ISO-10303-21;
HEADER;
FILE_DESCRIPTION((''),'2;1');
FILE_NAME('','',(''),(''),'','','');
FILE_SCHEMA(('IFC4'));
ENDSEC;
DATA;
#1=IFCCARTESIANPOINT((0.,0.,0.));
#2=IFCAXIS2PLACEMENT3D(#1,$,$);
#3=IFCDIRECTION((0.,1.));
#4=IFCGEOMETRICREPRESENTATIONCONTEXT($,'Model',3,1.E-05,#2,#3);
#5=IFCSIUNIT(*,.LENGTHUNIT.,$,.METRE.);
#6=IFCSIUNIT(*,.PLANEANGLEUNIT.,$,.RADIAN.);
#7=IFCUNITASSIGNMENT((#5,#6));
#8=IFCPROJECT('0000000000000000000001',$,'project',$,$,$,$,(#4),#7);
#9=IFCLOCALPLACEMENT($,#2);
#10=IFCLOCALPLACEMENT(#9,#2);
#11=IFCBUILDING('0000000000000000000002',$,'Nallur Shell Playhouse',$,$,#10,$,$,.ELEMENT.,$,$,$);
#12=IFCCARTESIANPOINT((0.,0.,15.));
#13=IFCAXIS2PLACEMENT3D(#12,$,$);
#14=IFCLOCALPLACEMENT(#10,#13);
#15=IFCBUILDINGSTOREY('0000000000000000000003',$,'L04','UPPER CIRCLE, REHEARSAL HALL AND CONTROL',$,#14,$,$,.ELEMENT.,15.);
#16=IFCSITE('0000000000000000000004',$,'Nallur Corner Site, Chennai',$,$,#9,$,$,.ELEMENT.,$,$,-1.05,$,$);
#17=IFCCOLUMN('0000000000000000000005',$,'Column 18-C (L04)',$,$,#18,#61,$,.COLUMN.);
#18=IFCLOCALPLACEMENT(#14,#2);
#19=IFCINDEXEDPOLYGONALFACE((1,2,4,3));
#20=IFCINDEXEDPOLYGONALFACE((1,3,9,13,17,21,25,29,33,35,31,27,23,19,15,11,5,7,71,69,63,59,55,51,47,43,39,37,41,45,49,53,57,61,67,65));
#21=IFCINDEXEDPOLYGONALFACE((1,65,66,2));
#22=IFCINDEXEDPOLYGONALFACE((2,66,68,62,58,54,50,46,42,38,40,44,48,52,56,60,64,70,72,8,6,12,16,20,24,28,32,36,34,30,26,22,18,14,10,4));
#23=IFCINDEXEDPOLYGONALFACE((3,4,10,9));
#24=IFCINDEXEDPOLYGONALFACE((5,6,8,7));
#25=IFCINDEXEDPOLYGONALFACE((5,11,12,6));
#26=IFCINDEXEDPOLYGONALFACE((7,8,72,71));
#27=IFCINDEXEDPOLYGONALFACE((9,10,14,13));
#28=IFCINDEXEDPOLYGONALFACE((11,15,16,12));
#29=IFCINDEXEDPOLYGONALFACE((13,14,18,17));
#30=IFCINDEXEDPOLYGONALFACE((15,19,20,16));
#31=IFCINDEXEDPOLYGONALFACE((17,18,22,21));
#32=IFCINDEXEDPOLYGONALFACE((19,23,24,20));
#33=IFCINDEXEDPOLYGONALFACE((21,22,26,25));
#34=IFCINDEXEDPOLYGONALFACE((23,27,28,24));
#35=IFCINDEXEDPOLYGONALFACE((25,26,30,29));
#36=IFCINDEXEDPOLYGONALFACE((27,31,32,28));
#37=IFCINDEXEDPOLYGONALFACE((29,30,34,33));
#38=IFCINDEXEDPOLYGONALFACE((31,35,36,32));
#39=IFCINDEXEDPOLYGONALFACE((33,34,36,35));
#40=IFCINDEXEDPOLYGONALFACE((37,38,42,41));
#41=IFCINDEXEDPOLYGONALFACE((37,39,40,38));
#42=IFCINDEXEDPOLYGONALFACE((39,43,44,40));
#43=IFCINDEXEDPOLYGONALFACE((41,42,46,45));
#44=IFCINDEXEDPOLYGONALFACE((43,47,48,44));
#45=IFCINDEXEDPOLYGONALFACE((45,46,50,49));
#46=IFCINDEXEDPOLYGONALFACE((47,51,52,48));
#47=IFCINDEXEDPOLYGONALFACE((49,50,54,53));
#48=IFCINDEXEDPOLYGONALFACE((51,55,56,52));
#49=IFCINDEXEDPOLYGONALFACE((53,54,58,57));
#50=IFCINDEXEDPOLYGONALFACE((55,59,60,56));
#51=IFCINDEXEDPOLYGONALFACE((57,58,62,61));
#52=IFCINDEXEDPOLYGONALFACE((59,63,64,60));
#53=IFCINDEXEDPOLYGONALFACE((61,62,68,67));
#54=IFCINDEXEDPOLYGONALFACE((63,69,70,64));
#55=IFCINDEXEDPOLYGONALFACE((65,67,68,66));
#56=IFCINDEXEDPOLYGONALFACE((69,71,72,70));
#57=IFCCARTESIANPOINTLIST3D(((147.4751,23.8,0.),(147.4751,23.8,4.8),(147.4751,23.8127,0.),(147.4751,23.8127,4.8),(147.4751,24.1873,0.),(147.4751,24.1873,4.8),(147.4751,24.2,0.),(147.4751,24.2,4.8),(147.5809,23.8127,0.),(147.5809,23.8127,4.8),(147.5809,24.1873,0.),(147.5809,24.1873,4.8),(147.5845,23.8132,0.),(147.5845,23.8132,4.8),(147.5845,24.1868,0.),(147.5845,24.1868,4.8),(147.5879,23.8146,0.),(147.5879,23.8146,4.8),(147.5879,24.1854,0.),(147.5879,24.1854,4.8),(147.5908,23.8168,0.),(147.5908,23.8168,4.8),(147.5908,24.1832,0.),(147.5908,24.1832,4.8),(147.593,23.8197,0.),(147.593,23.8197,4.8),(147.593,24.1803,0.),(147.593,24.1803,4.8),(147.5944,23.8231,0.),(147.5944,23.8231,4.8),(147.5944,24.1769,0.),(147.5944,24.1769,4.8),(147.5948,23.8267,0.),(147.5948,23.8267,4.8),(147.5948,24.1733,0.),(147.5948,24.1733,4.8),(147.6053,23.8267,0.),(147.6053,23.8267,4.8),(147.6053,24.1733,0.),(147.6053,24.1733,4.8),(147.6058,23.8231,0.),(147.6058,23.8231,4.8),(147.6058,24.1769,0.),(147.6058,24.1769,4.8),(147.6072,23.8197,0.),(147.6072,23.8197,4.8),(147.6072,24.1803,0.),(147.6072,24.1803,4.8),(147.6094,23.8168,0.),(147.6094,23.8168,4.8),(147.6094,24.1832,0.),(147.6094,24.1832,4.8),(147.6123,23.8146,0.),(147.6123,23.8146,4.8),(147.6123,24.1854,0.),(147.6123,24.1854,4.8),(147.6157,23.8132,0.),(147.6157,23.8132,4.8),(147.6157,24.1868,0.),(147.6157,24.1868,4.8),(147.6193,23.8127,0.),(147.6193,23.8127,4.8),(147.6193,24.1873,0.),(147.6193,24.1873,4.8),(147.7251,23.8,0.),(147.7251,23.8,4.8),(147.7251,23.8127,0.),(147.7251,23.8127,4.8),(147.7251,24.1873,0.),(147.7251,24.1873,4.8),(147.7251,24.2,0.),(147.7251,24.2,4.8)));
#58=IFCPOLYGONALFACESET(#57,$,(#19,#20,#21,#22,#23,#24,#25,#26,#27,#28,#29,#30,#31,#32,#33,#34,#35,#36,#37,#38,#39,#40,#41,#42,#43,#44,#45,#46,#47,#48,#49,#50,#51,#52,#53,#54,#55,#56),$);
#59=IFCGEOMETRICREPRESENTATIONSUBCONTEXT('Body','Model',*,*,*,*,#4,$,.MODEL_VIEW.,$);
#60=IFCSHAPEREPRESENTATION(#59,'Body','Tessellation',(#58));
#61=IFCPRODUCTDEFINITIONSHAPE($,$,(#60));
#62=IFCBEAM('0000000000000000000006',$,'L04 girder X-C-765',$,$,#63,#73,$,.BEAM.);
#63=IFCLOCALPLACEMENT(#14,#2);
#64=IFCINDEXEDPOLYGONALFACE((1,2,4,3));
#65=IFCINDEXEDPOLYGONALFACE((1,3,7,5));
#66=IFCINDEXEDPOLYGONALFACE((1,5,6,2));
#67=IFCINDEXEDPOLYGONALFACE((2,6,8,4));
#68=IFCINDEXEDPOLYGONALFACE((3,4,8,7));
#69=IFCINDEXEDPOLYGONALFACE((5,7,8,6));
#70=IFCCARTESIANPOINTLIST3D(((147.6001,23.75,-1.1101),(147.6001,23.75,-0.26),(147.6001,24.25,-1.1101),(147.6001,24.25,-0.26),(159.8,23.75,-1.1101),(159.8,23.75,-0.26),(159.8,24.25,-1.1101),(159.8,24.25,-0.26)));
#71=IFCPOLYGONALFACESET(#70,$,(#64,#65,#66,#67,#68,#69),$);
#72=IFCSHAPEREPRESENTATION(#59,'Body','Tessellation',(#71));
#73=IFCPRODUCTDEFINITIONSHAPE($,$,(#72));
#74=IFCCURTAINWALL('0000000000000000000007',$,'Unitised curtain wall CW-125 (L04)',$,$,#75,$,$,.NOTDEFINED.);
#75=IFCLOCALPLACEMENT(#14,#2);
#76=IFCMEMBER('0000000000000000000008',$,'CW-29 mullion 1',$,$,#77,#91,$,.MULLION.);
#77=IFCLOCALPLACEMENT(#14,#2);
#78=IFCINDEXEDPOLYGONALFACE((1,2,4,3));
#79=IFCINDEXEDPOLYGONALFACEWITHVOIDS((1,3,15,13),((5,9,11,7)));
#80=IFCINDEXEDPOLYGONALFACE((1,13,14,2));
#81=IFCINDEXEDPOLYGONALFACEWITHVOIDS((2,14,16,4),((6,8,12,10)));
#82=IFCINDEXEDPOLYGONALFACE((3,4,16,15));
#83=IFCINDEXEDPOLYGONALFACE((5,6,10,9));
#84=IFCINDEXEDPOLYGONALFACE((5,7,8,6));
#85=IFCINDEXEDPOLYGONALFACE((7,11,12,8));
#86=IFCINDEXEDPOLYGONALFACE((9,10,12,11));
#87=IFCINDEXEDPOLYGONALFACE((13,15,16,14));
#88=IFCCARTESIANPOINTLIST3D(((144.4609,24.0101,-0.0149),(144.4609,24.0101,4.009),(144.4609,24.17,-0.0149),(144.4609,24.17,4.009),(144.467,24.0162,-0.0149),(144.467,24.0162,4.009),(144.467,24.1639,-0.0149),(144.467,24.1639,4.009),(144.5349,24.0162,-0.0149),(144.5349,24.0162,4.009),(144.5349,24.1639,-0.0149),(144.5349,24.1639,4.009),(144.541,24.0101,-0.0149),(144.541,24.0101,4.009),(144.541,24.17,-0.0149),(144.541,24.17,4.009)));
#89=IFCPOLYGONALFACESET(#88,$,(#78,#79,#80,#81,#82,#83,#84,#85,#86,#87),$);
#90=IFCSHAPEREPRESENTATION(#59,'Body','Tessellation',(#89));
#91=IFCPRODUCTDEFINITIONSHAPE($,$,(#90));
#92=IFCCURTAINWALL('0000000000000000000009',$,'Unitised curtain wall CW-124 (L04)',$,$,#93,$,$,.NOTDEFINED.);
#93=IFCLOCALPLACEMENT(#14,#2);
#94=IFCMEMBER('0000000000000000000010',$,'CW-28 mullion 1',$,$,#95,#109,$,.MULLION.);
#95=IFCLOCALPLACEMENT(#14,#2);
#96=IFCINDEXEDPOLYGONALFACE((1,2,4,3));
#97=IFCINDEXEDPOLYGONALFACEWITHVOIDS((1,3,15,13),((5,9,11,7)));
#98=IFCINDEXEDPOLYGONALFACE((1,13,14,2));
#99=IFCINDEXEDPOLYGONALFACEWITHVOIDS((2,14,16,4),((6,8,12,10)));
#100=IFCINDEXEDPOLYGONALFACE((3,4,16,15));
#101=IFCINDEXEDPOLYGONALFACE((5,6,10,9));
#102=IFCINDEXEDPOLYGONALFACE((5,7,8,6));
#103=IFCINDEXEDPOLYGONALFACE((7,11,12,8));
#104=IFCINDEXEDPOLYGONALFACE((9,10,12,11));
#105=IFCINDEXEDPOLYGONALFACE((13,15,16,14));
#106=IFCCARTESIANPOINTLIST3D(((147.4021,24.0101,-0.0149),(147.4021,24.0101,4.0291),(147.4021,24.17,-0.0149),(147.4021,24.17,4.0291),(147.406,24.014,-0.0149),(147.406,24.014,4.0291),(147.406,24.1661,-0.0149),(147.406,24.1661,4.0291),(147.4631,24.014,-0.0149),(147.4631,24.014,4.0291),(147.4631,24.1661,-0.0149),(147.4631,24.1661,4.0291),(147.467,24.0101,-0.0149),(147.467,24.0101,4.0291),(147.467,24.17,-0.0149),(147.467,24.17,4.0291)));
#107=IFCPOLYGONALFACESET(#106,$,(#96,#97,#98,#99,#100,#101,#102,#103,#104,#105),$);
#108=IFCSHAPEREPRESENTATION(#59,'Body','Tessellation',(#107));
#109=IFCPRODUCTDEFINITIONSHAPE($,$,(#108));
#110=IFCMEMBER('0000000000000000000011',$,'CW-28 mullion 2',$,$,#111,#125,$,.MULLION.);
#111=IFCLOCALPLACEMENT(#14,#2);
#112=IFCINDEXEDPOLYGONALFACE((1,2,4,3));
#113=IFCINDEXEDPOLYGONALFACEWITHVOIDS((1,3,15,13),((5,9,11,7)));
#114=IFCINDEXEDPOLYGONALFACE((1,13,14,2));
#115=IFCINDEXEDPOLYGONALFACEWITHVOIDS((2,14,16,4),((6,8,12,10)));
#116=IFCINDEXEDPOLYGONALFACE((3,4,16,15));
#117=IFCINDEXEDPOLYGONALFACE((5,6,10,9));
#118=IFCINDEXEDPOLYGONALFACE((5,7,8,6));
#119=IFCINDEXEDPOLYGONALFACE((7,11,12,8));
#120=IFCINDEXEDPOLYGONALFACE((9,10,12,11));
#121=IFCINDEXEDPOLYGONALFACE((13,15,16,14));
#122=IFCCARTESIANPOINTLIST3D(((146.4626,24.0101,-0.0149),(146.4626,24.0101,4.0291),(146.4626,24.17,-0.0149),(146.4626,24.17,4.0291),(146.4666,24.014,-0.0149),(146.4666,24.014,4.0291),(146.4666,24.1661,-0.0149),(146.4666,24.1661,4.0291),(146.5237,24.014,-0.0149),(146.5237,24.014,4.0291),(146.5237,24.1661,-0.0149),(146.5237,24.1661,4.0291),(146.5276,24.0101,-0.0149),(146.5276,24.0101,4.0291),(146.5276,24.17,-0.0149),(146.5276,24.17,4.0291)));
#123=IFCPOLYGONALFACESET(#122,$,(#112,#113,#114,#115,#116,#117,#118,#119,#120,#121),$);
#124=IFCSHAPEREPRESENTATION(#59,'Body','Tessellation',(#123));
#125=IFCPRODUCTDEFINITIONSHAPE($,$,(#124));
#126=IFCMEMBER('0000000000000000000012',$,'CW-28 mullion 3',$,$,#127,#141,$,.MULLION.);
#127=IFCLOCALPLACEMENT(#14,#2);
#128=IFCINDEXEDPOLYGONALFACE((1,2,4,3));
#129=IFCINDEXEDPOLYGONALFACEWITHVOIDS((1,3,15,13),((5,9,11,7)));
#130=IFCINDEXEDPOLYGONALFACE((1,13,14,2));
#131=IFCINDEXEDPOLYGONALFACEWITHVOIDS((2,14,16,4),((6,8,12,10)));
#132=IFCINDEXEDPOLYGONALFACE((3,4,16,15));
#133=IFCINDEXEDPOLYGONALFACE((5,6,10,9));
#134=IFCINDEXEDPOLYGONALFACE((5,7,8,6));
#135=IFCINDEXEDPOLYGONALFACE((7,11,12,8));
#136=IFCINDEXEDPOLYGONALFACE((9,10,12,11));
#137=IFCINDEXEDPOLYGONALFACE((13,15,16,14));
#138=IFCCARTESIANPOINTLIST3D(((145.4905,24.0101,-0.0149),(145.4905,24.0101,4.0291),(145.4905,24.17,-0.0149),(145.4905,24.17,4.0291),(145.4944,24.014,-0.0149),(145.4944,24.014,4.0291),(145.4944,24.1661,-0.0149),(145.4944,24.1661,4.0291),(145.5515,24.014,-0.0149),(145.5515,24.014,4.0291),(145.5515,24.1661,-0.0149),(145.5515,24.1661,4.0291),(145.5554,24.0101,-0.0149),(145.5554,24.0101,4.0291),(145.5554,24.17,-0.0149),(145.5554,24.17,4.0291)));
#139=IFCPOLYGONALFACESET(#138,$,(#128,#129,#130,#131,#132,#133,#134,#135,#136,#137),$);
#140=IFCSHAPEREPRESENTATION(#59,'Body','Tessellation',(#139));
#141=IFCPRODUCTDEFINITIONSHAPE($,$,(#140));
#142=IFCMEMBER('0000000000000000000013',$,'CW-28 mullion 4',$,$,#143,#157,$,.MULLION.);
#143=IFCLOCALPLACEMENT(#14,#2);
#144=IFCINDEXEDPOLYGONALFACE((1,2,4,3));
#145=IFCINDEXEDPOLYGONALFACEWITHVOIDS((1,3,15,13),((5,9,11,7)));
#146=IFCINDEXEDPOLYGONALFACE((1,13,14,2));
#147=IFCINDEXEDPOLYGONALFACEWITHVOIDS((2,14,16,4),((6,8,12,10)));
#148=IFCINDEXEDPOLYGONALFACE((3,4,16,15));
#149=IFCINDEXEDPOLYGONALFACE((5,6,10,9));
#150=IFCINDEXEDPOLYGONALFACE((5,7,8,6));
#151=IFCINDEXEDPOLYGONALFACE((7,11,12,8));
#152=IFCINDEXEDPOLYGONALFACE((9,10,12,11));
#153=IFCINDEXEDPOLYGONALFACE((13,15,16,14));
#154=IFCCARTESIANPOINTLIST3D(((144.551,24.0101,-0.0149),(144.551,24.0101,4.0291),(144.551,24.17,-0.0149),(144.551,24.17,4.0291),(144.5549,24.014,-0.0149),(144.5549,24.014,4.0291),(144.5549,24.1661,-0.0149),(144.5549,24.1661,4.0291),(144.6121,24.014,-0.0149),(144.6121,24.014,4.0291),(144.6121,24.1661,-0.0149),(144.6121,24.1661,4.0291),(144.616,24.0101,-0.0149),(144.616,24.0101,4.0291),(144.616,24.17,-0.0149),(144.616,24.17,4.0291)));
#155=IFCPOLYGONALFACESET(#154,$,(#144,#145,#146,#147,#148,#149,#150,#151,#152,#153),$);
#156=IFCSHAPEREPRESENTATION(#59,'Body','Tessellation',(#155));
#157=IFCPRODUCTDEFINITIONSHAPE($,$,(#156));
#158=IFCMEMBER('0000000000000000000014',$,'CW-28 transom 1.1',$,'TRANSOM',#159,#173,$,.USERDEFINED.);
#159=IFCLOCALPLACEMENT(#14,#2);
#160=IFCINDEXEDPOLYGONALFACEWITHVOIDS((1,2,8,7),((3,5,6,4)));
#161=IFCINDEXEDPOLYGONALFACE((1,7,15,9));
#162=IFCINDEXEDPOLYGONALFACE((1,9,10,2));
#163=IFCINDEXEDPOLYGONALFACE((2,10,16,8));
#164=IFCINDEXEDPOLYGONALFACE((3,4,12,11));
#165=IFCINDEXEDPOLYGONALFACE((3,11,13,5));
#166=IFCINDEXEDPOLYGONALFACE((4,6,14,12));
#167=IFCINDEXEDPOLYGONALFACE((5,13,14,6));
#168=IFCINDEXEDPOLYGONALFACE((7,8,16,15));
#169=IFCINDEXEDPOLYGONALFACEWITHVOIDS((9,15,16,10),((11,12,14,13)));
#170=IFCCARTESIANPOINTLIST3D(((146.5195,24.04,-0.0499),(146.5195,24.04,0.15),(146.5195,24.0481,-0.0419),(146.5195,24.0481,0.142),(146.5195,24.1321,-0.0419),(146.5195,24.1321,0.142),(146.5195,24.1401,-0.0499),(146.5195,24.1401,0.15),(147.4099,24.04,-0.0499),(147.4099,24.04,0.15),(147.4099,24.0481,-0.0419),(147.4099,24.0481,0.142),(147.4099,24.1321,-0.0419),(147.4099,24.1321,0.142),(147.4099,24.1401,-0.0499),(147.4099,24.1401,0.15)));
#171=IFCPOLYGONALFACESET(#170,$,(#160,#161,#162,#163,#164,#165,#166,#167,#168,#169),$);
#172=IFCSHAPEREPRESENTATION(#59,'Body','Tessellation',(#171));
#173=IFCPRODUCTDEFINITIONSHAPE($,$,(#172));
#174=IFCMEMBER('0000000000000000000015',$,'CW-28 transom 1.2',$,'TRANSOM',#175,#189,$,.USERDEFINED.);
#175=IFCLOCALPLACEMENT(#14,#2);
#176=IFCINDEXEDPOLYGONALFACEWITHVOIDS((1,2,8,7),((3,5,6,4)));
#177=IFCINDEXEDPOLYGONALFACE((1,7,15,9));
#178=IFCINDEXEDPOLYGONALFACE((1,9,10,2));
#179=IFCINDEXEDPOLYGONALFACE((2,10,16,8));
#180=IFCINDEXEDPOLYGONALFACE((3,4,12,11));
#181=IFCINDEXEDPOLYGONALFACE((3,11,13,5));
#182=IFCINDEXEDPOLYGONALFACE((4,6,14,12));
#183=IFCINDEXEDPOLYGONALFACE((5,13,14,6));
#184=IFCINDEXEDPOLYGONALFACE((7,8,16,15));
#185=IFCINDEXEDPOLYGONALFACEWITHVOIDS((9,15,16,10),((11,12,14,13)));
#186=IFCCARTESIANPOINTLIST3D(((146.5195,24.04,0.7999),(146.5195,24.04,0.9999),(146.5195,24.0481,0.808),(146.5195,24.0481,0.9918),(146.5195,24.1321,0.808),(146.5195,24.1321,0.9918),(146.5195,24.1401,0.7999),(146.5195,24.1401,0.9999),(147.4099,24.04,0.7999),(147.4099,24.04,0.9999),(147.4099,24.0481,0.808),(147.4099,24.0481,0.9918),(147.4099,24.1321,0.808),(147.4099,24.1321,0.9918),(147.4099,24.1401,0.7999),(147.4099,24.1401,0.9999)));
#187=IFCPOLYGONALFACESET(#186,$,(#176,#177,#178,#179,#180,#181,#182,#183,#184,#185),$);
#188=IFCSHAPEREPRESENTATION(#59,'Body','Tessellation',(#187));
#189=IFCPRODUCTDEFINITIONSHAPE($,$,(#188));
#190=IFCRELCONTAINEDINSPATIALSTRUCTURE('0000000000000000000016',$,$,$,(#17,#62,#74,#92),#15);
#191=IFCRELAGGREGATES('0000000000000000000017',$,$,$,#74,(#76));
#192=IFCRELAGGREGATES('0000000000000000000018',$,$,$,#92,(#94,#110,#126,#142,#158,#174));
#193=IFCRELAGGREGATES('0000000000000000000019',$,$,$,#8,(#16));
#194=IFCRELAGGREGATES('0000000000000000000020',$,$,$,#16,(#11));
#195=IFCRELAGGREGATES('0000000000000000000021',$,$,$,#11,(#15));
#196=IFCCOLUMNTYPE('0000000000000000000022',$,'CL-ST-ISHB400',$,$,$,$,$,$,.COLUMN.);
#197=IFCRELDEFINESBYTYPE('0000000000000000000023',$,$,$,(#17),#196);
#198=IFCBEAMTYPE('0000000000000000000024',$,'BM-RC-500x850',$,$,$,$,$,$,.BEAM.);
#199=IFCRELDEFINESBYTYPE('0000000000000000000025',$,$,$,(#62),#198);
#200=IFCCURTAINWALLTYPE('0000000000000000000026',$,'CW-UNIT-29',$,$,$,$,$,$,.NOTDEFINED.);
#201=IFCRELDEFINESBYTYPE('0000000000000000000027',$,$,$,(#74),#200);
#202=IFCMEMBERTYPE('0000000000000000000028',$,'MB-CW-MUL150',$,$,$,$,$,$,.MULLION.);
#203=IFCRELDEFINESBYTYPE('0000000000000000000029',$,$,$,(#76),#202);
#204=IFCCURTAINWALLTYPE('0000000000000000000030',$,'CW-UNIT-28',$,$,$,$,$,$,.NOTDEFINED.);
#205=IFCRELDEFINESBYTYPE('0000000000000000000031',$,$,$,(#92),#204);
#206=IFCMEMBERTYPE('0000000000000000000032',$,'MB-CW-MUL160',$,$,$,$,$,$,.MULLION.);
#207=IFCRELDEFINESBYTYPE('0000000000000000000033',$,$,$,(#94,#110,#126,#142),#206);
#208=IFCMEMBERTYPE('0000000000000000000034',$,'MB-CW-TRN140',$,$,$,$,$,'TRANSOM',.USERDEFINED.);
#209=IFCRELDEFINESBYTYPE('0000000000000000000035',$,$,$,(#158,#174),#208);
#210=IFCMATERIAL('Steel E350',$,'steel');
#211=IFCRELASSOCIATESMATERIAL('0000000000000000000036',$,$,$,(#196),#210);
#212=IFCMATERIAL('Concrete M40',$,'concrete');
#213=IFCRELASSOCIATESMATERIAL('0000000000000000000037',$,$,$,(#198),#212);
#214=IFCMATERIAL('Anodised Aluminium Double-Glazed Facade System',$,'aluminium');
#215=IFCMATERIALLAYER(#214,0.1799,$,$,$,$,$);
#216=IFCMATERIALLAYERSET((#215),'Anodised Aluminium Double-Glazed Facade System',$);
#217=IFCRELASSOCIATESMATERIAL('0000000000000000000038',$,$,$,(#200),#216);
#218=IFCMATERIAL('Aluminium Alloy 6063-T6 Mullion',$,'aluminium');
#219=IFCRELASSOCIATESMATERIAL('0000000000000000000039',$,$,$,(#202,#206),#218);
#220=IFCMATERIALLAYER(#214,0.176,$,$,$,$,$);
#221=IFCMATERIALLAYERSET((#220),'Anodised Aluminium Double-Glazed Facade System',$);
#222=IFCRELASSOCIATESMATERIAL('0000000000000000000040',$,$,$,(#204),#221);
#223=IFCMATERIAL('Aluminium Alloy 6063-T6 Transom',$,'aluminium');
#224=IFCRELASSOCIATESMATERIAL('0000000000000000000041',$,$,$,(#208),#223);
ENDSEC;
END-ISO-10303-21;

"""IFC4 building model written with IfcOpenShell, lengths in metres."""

from ifc_helpers import new_model, si_unit, direction, frame, origin, origin_2d, place, context, subcontext, project, spatial, rectangle, hollow_rectangle, i_section, extrude, material, layer, layer_set, material_profile, profile_set, type_object, element, aggregate, save


model = new_model("IFC4")

# Units and contexts
model_context = context("Model", 3, precision=1e-05, world=origin(), true_north=direction((0.0, 1.0)))
body_context = subcontext(model_context, "Body", "Model", "MODEL_VIEW")
ifc_project = project(units=[si_unit("LENGTHUNIT", "METRE"), si_unit("PLANEANGLEUNIT", "RADIAN")], contexts=[model_context])

# Site, building, storey
site_placement = place(None, origin())
site = spatial("IfcSite", under=ifc_project, at=site_placement, Name="Nallur Corner Site, Chennai", CompositionType="ELEMENT", RefElevation=-1.05)
building_placement = place(site_placement, origin())
building = spatial("IfcBuilding", under=site, at=building_placement, Name="Nallur Shell Playhouse", CompositionType="ELEMENT")
storey_placement = place(building_placement, frame((0.0, 0.0, 15.0)))
storey = spatial("IfcBuildingStorey", under=building, at=storey_placement, Name="L04", Description="UPPER CIRCLE, REHEARSAL HALL AND CONTROL", CompositionType="ELEMENT", Elevation=15.0)

# Column
ifc_material_1 = material(Name="Steel E350", Category="steel")
ifc_material_profile_1 = material_profile(ifc_material_1, i_section(OverallWidth=0.25, OverallDepth=0.3999, WebThickness=0.0105, FlangeThickness=0.0127, FilletRadius=0.0139, at=origin_2d()), Name="ISHB 400")
ifc_profile_set_1 = profile_set([ifc_material_profile_1], Name="Steel E350")
column_type = type_object("IfcColumnType", Name="CL-ST-ISHB400", PredefinedType="COLUMN", material=ifc_profile_set_1)
column_placement = place(storey_placement, frame((147.6001, 24.0, 0.0), z_axis=(0.0, 0.0, 1.0), x_axis=(1.0, 0.0, 0.0)))
element("IfcColumn", 1, at=column_placement, inside=storey, type_object=column_type, Name="Column 18-C (L04)", PredefinedType="COLUMN", context=body_context, shape_type="SweptSolid", body=[
    extrude(i_section(OverallWidth=0.25, OverallDepth=0.3999, WebThickness=0.0105, FlangeThickness=0.0127, FilletRadius=0.0139, at=origin_2d()), origin(), (0.0, 0.0, 1.0), 4.8),
])

# Beam
ifc_material_2 = material(Name="Concrete M40", Category="concrete")
ifc_material_profile_2 = material_profile(ifc_material_2, rectangle(XDim=0.5, YDim=0.8501, at=origin_2d()), Name="RC 500x850")
ifc_profile_set_2 = profile_set([ifc_material_profile_2], Name="Concrete M40")
beam_type = type_object("IfcBeamType", Name="BM-RC-500x850", PredefinedType="BEAM", material=ifc_profile_set_2)
beam_placement = place(storey_placement, frame((147.6001, 24.0, -0.6851), z_axis=(1.0, 0.0, 0.0), x_axis=(0.0, 1.0, 0.0)))
element("IfcBeam", 2, at=beam_placement, inside=storey, type_object=beam_type, Name="L04 girder X-C-765", PredefinedType="BEAM", context=body_context, shape_type="SweptSolid", body=[
    extrude(rectangle(XDim=0.5, YDim=0.8501, at=origin_2d()), origin(), (0.0, 0.0, 1.0), 12.2),
])

# Curtain wall, member
ifc_material_3 = material(Name="Anodised Aluminium Double-Glazed Facade System", Category="aluminium")
ifc_layer_1 = layer(ifc_material_3, 0.1799)
ifc_layer_set_1 = layer_set([ifc_layer_1], Name="Anodised Aluminium Double-Glazed Facade System")
curtain_wall_type_1 = type_object("IfcCurtainWallType", Name="CW-UNIT-29", PredefinedType="NOTDEFINED", material=ifc_layer_set_1)
curtain_wall_1_placement = place(storey_placement, origin())
curtain_wall_1 = element("IfcCurtainWall", 3, at=curtain_wall_1_placement, inside=storey, type_object=curtain_wall_type_1, Name="Unitised curtain wall CW-125 (L04)", PredefinedType="NOTDEFINED")
ifc_material_4 = material(Name="Aluminium Alloy 6063-T6 Mullion", Category="aluminium")
ifc_material_profile_3 = material_profile(ifc_material_4, hollow_rectangle(XDim=0.0801, YDim=0.1599, WallThickness=0.0061, at=origin_2d()), Name="RHS 160x80x6")
ifc_profile_set_3 = profile_set([ifc_material_profile_3], Name="Aluminium Alloy 6063-T6 Mullion")
member_type_1 = type_object("IfcMemberType", Name="MB-CW-MUL150", PredefinedType="MULLION", material=ifc_profile_set_3)
member_1_placement = place(storey_placement, frame((144.501, 24.0901, -0.0149), z_axis=(0.0, 0.0, 1.0), x_axis=(-1.0, 0.0, 0.0)))
member_1 = element("IfcMember", 4, at=member_1_placement, type_object=member_type_1, Name="CW-29 mullion 1", PredefinedType="MULLION", context=body_context, shape_type="SweptSolid", body=[
    extrude(hollow_rectangle(XDim=0.0801, YDim=0.1599, WallThickness=0.0061, at=origin_2d()), origin(), (0.0, 0.0, 1.0), 4.0239),
])
aggregate(curtain_wall_1, [member_1])

# Curtain wall, members
ifc_layer_2 = layer(ifc_material_3, 0.176)
ifc_layer_set_2 = layer_set([ifc_layer_2], Name="Anodised Aluminium Double-Glazed Facade System")
curtain_wall_type_2 = type_object("IfcCurtainWallType", Name="CW-UNIT-28", PredefinedType="NOTDEFINED", material=ifc_layer_set_2)
curtain_wall_2_placement = place(storey_placement, origin())
curtain_wall_2 = element("IfcCurtainWall", 5, at=curtain_wall_2_placement, inside=storey, type_object=curtain_wall_type_2, Name="Unitised curtain wall CW-124 (L04)", PredefinedType="NOTDEFINED")
ifc_material_profile_4 = material_profile(ifc_material_4, hollow_rectangle(XDim=0.0649, YDim=0.1599, WallThickness=0.0039, at=origin_2d()), Name="ALU 65x160x4")
ifc_profile_set_4 = profile_set([ifc_material_profile_4], Name="Aluminium Alloy 6063-T6 Mullion")
member_type_2 = type_object("IfcMemberType", Name="MB-CW-MUL160", PredefinedType="MULLION", material=ifc_profile_set_4)
member_2_placement = place(storey_placement, frame((147.4346, 24.0901, -0.0149), z_axis=(0.0, 0.0, 1.0), x_axis=(-1.0, 0.0, 0.0)))
member_2 = element("IfcMember", 6, at=member_2_placement, type_object=member_type_2, Name="CW-28 mullion 1", PredefinedType="MULLION", context=body_context, shape_type="SweptSolid", body=[
    extrude(hollow_rectangle(XDim=0.0649, YDim=0.1599, WallThickness=0.0039, at=origin_2d()), origin(), (0.0, 0.0, 1.0), 4.0439),
])
member_3_placement = place(storey_placement, frame((146.4951, 24.0901, -0.0149), z_axis=(0.0, 0.0, 1.0), x_axis=(-1.0, 0.0, 0.0)))
member_3 = element("IfcMember", 7, at=member_3_placement, type_object=member_type_2, Name="CW-28 mullion 2", PredefinedType="MULLION", context=body_context, shape_type="SweptSolid", body=[
    extrude(hollow_rectangle(XDim=0.0649, YDim=0.1599, WallThickness=0.0039, at=origin_2d()), origin(), (0.0, 0.0, 1.0), 4.0439),
])
member_4_placement = place(storey_placement, frame((145.5229, 24.0901, -0.0149), z_axis=(0.0, 0.0, 1.0), x_axis=(-1.0, 0.0, 0.0)))
member_4 = element("IfcMember", 8, at=member_4_placement, type_object=member_type_2, Name="CW-28 mullion 3", PredefinedType="MULLION", context=body_context, shape_type="SweptSolid", body=[
    extrude(hollow_rectangle(XDim=0.0649, YDim=0.1599, WallThickness=0.0039, at=origin_2d()), origin(), (0.0, 0.0, 1.0), 4.0439),
])
member_5_placement = place(storey_placement, frame((144.5835, 24.0901, -0.0149), z_axis=(0.0, 0.0, 1.0), x_axis=(-1.0, 0.0, 0.0)))
member_5 = element("IfcMember", 9, at=member_5_placement, type_object=member_type_2, Name="CW-28 mullion 4", PredefinedType="MULLION", context=body_context, shape_type="SweptSolid", body=[
    extrude(hollow_rectangle(XDim=0.0649, YDim=0.1599, WallThickness=0.0039, at=origin_2d()), origin(), (0.0, 0.0, 1.0), 4.0439),
])
ifc_material_5 = material(Name="Aluminium Alloy 6063-T6 Transom", Category="aluminium")
ifc_material_profile_5 = material_profile(ifc_material_5, hollow_rectangle(XDim=0.1001, YDim=0.2, WallThickness=0.0081, at=origin_2d()), Name="RHS 200x100x8")
ifc_profile_set_5 = profile_set([ifc_material_profile_5], Name="Aluminium Alloy 6063-T6 Transom")
member_type_3 = type_object("IfcMemberType", Name="MB-CW-TRN140", ElementType="TRANSOM", PredefinedType="USERDEFINED", material=ifc_profile_set_5)
member_6_placement = place(storey_placement, frame((147.4099, 24.0901, 0.05), z_axis=(-1.0, 0.0, 0.0), x_axis=(0.0, -1.0, 0.0)))
member_6 = element("IfcMember", 10, at=member_6_placement, type_object=member_type_3, Name="CW-28 transom 1.1", ObjectType="TRANSOM", PredefinedType="USERDEFINED", context=body_context, shape_type="SweptSolid", body=[
    extrude(hollow_rectangle(XDim=0.1001, YDim=0.2, WallThickness=0.0081, at=origin_2d()), origin(), (0.0, 0.0, 1.0), 0.8904),
])
member_7_placement = place(storey_placement, frame((147.4099, 24.0901, 0.8999), z_axis=(-1.0, 0.0, 0.0), x_axis=(0.0, -1.0, 0.0)))
member_7 = element("IfcMember", 11, at=member_7_placement, type_object=member_type_3, Name="CW-28 transom 1.2", ObjectType="TRANSOM", PredefinedType="USERDEFINED", context=body_context, shape_type="SweptSolid", body=[
    extrude(hollow_rectangle(XDim=0.1001, YDim=0.2, WallThickness=0.0081, at=origin_2d()), origin(), (0.0, 0.0, 1.0), 0.8904),
])
aggregate(curtain_wall_2, [member_2, member_3, member_4, member_5, member_6, member_7])

save(model, "model.ifc")
